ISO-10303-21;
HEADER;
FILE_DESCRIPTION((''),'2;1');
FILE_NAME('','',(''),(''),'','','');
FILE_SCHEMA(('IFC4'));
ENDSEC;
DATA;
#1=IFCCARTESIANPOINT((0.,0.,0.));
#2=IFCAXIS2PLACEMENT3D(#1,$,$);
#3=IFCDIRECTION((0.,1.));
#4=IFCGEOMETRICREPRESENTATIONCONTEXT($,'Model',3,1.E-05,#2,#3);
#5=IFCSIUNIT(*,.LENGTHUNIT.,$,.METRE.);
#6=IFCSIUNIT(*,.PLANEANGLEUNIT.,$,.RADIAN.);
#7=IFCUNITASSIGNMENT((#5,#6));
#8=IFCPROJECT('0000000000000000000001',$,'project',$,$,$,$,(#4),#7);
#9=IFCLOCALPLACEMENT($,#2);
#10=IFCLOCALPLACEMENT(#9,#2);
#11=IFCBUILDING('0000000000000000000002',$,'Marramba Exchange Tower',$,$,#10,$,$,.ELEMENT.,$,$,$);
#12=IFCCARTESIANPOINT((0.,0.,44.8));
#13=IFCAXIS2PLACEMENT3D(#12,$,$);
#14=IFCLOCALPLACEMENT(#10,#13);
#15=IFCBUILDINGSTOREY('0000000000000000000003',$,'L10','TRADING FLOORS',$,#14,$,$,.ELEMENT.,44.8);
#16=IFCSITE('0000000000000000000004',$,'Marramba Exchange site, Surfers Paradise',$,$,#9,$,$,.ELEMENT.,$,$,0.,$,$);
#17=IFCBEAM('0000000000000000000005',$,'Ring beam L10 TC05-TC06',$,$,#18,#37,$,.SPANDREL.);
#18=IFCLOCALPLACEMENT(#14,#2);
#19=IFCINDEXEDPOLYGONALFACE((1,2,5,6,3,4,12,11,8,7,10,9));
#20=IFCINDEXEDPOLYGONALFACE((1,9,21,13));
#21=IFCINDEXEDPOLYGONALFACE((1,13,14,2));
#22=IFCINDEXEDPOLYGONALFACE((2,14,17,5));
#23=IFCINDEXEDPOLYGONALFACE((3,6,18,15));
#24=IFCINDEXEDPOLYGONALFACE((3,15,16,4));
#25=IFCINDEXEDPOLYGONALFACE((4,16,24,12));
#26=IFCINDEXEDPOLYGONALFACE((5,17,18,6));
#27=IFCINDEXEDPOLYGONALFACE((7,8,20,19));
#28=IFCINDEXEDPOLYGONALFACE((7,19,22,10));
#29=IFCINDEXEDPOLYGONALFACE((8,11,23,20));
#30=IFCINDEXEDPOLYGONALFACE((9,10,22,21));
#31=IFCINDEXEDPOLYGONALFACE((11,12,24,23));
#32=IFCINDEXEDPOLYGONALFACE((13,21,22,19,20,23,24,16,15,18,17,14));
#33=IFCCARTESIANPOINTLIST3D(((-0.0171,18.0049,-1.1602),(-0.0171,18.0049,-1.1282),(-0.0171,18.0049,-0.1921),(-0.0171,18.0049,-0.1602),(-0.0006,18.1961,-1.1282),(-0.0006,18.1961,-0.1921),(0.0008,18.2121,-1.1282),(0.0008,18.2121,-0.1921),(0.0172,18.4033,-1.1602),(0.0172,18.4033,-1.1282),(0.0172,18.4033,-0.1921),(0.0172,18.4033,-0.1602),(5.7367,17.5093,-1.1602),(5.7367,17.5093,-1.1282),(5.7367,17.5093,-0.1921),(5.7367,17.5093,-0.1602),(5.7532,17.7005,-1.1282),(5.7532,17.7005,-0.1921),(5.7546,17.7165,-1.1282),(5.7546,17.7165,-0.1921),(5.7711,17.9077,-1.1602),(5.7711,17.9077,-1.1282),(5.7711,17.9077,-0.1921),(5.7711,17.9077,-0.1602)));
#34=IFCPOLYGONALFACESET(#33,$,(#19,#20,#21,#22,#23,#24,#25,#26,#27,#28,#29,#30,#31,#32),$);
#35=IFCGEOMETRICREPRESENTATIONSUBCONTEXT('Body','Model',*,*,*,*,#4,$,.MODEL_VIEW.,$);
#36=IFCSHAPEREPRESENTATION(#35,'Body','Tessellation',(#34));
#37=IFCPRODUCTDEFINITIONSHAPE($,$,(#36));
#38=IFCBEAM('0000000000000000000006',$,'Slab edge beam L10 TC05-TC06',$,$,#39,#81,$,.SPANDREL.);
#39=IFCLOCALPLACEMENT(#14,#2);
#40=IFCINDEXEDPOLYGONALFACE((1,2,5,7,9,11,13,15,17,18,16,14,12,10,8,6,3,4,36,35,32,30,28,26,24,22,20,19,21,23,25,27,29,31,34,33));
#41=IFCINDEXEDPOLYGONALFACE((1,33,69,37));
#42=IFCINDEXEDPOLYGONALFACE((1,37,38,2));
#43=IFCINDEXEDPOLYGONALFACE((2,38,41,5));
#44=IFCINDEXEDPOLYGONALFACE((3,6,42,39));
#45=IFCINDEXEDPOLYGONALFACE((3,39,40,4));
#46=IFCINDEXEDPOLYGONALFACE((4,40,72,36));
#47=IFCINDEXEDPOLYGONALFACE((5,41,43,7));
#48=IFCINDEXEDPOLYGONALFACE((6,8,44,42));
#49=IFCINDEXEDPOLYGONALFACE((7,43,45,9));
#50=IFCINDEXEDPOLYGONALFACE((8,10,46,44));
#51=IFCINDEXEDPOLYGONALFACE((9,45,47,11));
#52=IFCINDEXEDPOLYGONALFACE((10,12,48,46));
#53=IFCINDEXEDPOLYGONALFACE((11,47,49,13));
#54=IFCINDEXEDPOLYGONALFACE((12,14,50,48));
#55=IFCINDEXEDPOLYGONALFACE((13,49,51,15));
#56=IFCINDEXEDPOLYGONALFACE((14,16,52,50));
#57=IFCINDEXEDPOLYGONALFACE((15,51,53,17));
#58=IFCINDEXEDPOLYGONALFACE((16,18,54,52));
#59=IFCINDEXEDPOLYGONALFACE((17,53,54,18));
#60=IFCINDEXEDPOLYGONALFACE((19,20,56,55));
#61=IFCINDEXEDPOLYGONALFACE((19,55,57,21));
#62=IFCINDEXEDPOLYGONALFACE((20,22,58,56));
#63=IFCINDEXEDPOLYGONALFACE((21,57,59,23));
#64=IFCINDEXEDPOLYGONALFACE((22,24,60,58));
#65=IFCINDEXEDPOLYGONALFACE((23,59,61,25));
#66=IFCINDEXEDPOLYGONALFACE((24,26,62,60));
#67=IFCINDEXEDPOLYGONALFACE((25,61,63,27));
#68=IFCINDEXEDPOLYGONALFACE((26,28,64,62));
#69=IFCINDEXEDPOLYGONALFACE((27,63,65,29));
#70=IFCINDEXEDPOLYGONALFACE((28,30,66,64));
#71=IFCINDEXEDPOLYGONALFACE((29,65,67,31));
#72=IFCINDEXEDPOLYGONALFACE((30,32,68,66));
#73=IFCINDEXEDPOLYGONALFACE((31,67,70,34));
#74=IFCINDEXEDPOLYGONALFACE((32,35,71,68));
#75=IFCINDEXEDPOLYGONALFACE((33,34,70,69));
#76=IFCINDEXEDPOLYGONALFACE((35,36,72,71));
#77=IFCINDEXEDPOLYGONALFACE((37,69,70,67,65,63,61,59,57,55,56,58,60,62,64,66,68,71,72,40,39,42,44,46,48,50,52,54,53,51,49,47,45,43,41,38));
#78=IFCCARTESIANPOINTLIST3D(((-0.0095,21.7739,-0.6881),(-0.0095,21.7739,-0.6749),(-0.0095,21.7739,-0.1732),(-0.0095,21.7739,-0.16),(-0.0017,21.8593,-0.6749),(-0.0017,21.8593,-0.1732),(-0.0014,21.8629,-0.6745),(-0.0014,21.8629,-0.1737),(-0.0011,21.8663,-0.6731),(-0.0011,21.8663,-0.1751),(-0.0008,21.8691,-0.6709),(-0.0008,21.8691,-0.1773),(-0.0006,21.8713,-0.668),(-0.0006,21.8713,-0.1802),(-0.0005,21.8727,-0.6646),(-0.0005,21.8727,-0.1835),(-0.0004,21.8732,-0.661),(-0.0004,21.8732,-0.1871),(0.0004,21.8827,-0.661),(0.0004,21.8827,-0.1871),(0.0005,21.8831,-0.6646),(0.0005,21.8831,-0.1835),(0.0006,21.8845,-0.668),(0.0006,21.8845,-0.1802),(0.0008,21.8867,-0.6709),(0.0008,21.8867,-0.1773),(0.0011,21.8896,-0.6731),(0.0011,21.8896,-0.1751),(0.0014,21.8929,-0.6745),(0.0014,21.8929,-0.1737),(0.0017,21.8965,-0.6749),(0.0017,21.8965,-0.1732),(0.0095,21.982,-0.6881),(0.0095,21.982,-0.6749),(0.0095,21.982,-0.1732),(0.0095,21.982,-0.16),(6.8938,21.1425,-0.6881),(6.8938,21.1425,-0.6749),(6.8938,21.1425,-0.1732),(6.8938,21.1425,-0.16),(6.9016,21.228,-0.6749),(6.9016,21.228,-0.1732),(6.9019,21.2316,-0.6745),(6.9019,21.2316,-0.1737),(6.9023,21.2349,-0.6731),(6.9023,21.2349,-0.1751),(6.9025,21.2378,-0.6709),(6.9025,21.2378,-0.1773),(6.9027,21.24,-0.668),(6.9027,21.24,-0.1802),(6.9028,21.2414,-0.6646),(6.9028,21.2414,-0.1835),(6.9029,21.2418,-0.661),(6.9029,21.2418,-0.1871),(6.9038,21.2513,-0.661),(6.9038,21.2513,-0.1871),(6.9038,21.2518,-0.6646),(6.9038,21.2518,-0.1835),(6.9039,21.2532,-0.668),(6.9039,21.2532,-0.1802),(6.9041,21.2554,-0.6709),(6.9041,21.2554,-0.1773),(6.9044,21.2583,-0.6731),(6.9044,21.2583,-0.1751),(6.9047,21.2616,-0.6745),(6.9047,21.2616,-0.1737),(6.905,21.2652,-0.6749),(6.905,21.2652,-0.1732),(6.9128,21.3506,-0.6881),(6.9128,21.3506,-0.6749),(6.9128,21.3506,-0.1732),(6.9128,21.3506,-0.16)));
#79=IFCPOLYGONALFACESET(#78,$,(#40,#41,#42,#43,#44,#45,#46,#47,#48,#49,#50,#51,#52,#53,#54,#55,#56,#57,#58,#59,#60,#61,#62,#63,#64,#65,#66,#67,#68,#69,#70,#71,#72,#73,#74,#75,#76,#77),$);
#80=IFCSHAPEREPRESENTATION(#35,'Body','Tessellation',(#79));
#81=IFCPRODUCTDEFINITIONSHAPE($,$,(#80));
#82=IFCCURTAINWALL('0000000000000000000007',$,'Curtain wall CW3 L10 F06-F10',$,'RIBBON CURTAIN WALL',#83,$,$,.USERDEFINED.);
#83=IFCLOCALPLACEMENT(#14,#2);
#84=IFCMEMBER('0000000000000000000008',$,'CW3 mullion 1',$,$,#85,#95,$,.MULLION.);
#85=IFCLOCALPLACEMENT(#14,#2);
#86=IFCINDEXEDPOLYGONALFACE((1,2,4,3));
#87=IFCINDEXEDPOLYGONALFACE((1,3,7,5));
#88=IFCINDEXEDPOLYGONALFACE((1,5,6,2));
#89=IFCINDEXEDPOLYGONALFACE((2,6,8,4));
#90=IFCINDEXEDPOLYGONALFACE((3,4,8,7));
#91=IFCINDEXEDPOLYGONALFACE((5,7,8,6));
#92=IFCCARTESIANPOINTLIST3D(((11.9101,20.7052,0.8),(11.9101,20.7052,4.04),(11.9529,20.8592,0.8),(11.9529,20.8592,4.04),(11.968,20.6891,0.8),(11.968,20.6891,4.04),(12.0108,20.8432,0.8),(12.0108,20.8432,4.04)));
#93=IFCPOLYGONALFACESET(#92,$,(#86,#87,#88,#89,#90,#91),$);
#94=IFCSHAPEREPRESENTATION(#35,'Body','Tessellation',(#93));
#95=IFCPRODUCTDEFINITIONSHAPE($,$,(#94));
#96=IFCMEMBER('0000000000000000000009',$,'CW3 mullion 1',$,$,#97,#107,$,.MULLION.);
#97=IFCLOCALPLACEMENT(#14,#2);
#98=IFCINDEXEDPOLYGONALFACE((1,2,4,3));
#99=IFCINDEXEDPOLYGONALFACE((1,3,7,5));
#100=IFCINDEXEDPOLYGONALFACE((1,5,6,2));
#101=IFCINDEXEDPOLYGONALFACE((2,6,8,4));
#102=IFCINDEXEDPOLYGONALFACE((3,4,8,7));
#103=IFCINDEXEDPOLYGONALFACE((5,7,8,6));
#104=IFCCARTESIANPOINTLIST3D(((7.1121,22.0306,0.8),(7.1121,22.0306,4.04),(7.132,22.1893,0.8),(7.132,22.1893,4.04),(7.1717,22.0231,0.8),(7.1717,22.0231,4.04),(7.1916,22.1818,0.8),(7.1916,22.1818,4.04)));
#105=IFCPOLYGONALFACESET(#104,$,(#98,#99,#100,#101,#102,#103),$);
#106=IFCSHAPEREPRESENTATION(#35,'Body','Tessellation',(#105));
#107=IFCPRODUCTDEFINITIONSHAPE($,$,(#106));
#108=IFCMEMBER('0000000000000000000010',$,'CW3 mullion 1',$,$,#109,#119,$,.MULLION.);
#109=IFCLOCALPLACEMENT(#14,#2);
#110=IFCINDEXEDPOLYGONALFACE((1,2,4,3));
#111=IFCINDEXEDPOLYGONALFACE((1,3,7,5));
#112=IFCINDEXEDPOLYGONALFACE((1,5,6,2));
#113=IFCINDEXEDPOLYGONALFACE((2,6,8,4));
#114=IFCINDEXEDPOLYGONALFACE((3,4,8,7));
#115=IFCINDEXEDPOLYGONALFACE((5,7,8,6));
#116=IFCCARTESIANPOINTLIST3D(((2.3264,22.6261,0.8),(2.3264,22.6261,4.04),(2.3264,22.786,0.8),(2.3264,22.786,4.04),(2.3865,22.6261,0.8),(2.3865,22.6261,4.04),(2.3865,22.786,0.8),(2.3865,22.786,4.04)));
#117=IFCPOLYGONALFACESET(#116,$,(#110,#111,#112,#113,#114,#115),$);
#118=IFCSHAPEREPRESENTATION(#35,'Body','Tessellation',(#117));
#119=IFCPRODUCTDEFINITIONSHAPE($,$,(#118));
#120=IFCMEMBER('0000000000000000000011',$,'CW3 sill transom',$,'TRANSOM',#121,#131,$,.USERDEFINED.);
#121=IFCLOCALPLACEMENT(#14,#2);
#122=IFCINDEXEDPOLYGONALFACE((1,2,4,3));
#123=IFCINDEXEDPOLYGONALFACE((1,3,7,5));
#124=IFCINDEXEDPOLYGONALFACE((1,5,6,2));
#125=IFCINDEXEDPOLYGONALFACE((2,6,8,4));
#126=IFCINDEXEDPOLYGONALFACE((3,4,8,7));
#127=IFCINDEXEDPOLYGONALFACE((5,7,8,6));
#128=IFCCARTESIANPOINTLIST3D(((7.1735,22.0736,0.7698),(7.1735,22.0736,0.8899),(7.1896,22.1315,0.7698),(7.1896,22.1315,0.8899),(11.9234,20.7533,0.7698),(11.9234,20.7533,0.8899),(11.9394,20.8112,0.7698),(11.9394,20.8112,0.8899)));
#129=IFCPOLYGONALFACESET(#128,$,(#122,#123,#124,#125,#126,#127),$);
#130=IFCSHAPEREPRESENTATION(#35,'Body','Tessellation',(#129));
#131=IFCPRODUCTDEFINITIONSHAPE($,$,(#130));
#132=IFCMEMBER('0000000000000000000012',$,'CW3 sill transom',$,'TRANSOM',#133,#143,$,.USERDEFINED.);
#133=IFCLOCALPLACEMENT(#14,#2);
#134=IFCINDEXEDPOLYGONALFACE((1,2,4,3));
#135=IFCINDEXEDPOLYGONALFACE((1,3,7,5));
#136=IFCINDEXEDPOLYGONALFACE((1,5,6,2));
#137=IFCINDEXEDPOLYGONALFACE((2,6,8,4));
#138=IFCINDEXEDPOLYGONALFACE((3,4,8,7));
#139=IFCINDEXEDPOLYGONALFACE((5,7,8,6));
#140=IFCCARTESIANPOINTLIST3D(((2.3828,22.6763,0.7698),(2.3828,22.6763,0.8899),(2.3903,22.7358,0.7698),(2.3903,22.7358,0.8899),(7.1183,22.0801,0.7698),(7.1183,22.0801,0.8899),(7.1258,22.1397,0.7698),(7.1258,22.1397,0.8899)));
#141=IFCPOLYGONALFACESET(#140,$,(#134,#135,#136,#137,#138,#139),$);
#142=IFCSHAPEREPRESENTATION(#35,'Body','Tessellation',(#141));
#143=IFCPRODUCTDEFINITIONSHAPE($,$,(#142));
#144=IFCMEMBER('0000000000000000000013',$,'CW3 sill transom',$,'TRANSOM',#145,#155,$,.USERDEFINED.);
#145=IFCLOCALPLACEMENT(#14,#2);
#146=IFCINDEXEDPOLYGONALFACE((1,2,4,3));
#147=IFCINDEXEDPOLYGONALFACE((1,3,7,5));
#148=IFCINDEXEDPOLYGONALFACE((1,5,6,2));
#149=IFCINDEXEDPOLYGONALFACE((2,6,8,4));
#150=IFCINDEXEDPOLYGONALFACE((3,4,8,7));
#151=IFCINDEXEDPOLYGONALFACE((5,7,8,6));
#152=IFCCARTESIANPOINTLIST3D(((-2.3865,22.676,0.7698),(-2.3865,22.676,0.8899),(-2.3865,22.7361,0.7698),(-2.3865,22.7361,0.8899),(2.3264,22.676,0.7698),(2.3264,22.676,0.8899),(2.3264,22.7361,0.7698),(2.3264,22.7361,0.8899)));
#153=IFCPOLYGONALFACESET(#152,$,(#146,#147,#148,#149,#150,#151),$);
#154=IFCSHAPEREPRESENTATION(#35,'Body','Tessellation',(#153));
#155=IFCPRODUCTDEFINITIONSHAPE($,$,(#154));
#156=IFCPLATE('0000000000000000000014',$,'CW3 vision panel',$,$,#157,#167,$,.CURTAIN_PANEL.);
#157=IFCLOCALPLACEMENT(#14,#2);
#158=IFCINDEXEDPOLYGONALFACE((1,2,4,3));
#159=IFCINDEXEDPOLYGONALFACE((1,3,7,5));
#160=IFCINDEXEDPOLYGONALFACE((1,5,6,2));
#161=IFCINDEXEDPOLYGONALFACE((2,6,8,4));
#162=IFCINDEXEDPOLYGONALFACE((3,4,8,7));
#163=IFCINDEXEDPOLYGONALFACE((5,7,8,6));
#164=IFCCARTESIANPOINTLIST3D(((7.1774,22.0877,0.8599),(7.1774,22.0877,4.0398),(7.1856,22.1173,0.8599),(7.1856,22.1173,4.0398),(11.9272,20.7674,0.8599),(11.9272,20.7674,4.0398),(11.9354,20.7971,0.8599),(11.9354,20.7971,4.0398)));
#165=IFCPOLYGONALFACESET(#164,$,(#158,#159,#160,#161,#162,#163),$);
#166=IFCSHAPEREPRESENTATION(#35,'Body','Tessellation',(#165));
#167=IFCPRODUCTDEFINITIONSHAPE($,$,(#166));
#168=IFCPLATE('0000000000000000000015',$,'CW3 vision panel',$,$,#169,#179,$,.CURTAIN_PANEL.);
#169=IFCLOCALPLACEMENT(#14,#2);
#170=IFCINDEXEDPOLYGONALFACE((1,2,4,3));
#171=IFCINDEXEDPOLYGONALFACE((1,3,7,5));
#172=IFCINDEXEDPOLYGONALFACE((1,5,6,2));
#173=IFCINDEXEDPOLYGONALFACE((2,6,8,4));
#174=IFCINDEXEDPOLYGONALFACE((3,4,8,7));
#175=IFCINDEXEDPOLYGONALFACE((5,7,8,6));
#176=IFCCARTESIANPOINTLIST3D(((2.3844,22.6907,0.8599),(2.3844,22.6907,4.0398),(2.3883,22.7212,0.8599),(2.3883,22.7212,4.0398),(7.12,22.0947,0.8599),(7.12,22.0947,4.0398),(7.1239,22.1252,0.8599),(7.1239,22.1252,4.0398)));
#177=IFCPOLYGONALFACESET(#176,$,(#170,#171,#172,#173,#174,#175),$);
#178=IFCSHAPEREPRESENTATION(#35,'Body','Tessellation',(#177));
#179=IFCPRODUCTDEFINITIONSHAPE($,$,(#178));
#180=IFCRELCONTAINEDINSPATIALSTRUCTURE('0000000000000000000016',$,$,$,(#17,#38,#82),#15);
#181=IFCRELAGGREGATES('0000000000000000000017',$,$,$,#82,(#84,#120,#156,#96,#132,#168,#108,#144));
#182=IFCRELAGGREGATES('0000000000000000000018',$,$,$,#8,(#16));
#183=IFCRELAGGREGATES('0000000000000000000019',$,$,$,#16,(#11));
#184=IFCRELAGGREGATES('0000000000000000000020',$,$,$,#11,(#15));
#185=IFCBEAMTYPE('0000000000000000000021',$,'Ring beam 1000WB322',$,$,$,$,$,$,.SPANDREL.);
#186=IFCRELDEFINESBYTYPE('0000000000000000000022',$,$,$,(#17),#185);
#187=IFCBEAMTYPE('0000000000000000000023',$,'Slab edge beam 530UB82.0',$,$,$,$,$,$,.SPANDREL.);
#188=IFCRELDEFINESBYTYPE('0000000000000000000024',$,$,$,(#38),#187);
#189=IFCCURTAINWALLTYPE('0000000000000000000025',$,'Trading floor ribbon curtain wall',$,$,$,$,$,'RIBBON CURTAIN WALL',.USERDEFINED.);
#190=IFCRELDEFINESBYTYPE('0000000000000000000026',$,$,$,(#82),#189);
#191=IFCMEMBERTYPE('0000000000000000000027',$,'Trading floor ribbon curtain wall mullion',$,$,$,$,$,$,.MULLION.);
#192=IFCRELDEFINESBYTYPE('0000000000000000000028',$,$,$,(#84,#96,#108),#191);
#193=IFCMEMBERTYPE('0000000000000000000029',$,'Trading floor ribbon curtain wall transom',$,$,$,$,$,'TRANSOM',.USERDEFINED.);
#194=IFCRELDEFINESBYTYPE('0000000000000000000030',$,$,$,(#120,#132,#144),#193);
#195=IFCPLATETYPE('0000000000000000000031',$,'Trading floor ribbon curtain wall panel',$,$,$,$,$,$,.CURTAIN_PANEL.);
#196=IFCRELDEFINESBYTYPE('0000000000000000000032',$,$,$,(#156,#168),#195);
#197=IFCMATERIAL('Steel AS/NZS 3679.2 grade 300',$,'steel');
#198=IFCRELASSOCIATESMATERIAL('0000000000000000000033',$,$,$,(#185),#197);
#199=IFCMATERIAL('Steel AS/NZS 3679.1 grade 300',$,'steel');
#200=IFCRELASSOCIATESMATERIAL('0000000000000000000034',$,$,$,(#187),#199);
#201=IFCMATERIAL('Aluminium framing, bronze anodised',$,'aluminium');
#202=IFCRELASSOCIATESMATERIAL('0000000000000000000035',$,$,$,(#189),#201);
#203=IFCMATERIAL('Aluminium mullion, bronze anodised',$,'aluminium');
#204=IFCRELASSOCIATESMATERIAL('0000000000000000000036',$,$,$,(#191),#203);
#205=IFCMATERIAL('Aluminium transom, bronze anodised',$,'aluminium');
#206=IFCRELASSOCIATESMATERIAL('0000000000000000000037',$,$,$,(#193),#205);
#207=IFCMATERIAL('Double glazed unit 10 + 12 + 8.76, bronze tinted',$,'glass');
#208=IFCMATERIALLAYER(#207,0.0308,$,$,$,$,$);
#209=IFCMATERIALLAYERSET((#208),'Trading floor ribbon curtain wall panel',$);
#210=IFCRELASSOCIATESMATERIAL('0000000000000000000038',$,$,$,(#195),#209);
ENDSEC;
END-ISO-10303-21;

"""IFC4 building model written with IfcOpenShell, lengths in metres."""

from ifc_helpers import new_model, si_unit, direction, frame, origin, origin_2d, place, context, subcontext, project, spatial, rectangle, i_section, extrude, material, layer, layer_set, material_profile, profile_set, type_object, element, aggregate, save


model = new_model("IFC4")

# Units and contexts
model_context = context("Model", 3, precision=1e-05, world=origin(), true_north=direction((0.0, 1.0)))
body_context = subcontext(model_context, "Body", "Model", "MODEL_VIEW")
ifc_project = project(units=[si_unit("LENGTHUNIT", "METRE"), si_unit("PLANEANGLEUNIT", "RADIAN")], contexts=[model_context])

# Site, building, storey
site_placement = place(None, origin())
site = spatial("IfcSite", under=ifc_project, at=site_placement, Name="Marramba Exchange site, Surfers Paradise", CompositionType="ELEMENT", RefElevation=0.0)
building_placement = place(site_placement, origin())
building = spatial("IfcBuilding", under=site, at=building_placement, Name="Marramba Exchange Tower", CompositionType="ELEMENT")
storey_placement = place(building_placement, frame((0.0, 0.0, 44.8)))
storey = spatial("IfcBuildingStorey", under=building, at=storey_placement, Name="L10", Description="TRADING FLOORS", CompositionType="ELEMENT", Elevation=44.8)

# Beams
ifc_material_1 = material(Name="Steel AS/NZS 3679.2 grade 300", Category="steel")
ifc_material_2 = material(Name="Steel AS/NZS 3679.1 grade 300", Category="steel")
ifc_material_profile_1 = material_profile(ifc_material_1, i_section(OverallWidth=0.3999, OverallDepth=1.0, WebThickness=0.0161, FlangeThickness=0.032, at=origin_2d()), Name="1000WB322")
ifc_profile_set_1 = profile_set([ifc_material_profile_1], Name="Steel AS/NZS 3679.2 grade 300")
beam_type_1 = type_object("IfcBeamType", Name="Ring beam 1000WB322", PredefinedType="SPANDREL", material=ifc_profile_set_1)
beam_1_placement = place(storey_placement, frame((5.7539, 17.7085, -0.6602), z_axis=(-0.996311, 0.085816, 0.0), x_axis=(-0.085816, -0.996311, 0.0)))
element("IfcBeam", 1, at=beam_1_placement, inside=storey, type_object=beam_type_1, Name="Ring beam L10 TC05-TC06", PredefinedType="SPANDREL", context=body_context, shape_type="SweptSolid", body=[
    extrude(i_section(OverallWidth=0.3999, OverallDepth=1.0, WebThickness=0.0161, FlangeThickness=0.032, at=origin_2d()), origin(), (0.0, 0.0, 1.0), 5.7751),
])
ifc_material_profile_2 = material_profile(ifc_material_2, i_section(OverallWidth=0.209, OverallDepth=0.5281, WebThickness=0.0095, FlangeThickness=0.0132, FilletRadius=0.0139, at=origin_2d()), Name="530UB82.0")
ifc_profile_set_2 = profile_set([ifc_material_profile_2], Name="Steel AS/NZS 3679.1 grade 300")
beam_type_2 = type_object("IfcBeamType", Name="Slab edge beam 530UB82.0", PredefinedType="SPANDREL", material=ifc_profile_set_2)
beam_2_placement = place(storey_placement, frame((6.9033, 21.2466, -0.4241), z_axis=(-0.995844, 0.091076, 0.0), x_axis=(-0.091076, -0.995844, 0.0)))
element("IfcBeam", 2, at=beam_2_placement, inside=storey, type_object=beam_type_2, Name="Slab edge beam L10 TC05-TC06", PredefinedType="SPANDREL", context=body_context, shape_type="SweptSolid", body=[
    extrude(i_section(OverallWidth=0.209, OverallDepth=0.5281, WebThickness=0.0095, FlangeThickness=0.0132, FilletRadius=0.0139, at=origin_2d()), origin(), (0.0, 0.0, 1.0), 6.9321),
])

# Curtain wall, members, plates
ifc_material_3 = material(Name="Aluminium framing, bronze anodised", Category="aluminium")
curtain_wall_type = type_object("IfcCurtainWallType", Name="Trading floor ribbon curtain wall", ElementType="RIBBON CURTAIN WALL", PredefinedType="USERDEFINED", material=ifc_material_3)
curtain_wall_placement = place(storey_placement, origin())
curtain_wall = element("IfcCurtainWall", 3, at=curtain_wall_placement, inside=storey, type_object=curtain_wall_type, Name="Curtain wall CW3 L10 F06-F10", ObjectType="RIBBON CURTAIN WALL", PredefinedType="USERDEFINED")
ifc_material_4 = material(Name="Aluminium mullion, bronze anodised", Category="aluminium")
ifc_material_profile_3 = material_profile(ifc_material_4, rectangle(XDim=0.1599, YDim=0.0601, at=origin_2d()), Name="CW3 mullion 60x160")
ifc_profile_set_3 = profile_set([ifc_material_profile_3], Name="Aluminium mullion, bronze anodised")
member_type_1 = type_object("IfcMemberType", Name="Trading floor ribbon curtain wall mullion", PredefinedType="MULLION", material=ifc_profile_set_3)
member_1_placement = place(storey_placement, frame((11.9604, 20.7742, 0.8), z_axis=(0.0, 0.0, 1.0), x_axis=(-0.267809, -0.963472, 0.0)))
member_1 = element("IfcMember", 4, at=member_1_placement, type_object=member_type_1, Name="CW3 mullion 1", PredefinedType="MULLION", context=body_context, shape_type="SweptSolid", body=[
    extrude(rectangle(XDim=0.1599, YDim=0.0601, at=origin_2d()), origin(), (0.0, 0.0, 1.0), 3.24),
])
member_2_placement = place(storey_placement, frame((7.1519, 22.1062, 0.8), z_axis=(0.0, 0.0, 1.0), x_axis=(-0.124873, -0.992173, 0.0)))
member_2 = element("IfcMember", 5, at=member_2_placement, type_object=member_type_1, Name="CW3 mullion 1", PredefinedType="MULLION", context=body_context, shape_type="SweptSolid", body=[
    extrude(rectangle(XDim=0.1599, YDim=0.0601, at=origin_2d()), origin(), (0.0, 0.0, 1.0), 3.24),
])
member_3_placement = place(storey_placement, frame((2.3564, 22.7061, 0.8), z_axis=(0.0, 0.0, 1.0), x_axis=(0.0, -1.0, 0.0)))
member_3 = element("IfcMember", 6, at=member_3_placement, type_object=member_type_1, Name="CW3 mullion 1", PredefinedType="MULLION", context=body_context, shape_type="SweptSolid", body=[
    extrude(rectangle(XDim=0.1599, YDim=0.0601, at=origin_2d()), origin(), (0.0, 0.0, 1.0), 3.24),
])
ifc_material_5 = material(Name="Aluminium transom, bronze anodised", Category="aluminium")
ifc_material_profile_4 = material_profile(ifc_material_5, rectangle(XDim=0.0601, YDim=0.1201, at=origin_2d()), Name="CW3 transom 60x120")
ifc_profile_set_4 = profile_set([ifc_material_profile_4], Name="Aluminium transom, bronze anodised")
member_type_2 = type_object("IfcMemberType", Name="Trading floor ribbon curtain wall transom", ElementType="TRANSOM", PredefinedType="USERDEFINED", material=ifc_profile_set_4)
member_4_placement = place(storey_placement, frame((11.9314, 20.7822, 0.8298), z_axis=(-0.963469, 0.26782, 0.0), x_axis=(-0.26782, -0.963469, 0.0)))
member_4 = element("IfcMember", 7, at=member_4_placement, type_object=member_type_2, Name="CW3 sill transom", ObjectType="TRANSOM", PredefinedType="USERDEFINED", context=body_context, shape_type="SweptSolid", body=[
    extrude(rectangle(XDim=0.0601, YDim=0.1201, at=origin_2d()), origin(), (0.0, 0.0, 1.0), 4.9299),
])
member_5_placement = place(storey_placement, frame((7.1221, 22.1099, 0.8298), z_axis=(-0.992168, 0.12491, 0.0), x_axis=(-0.12491, -0.992168, 0.0)))
member_5 = element("IfcMember", 8, at=member_5_placement, type_object=member_type_2, Name="CW3 sill transom", ObjectType="TRANSOM", PredefinedType="USERDEFINED", context=body_context, shape_type="SweptSolid", body=[
    extrude(rectangle(XDim=0.0601, YDim=0.1201, at=origin_2d()), origin(), (0.0, 0.0, 1.0), 4.7729),
])
member_6_placement = place(storey_placement, frame((2.3264, 22.7061, 0.8298), z_axis=(-1.0, 0.0, 0.0), x_axis=(0.0, -1.0, 0.0)))
member_6 = element("IfcMember", 9, at=member_6_placement, type_object=member_type_2, Name="CW3 sill transom", ObjectType="TRANSOM", PredefinedType="USERDEFINED", context=body_context, shape_type="SweptSolid", body=[
    extrude(rectangle(XDim=0.0601, YDim=0.1201, at=origin_2d()), origin(), (0.0, 0.0, 1.0), 4.7129),
])
ifc_material_6 = material(Name="Double glazed unit 10 + 12 + 8.76, bronze tinted", Category="glass")
ifc_layer_1 = layer(ifc_material_6, 0.0308)
ifc_layer_set_1 = layer_set([ifc_layer_1], Name="Trading floor ribbon curtain wall panel")
plate_type = type_object("IfcPlateType", Name="Trading floor ribbon curtain wall panel", PredefinedType="CURTAIN_PANEL", material=ifc_layer_set_1)
plate_1_placement = place(storey_placement, frame((9.5564, 21.4424, 0.8599), z_axis=(0.0, 0.0, 1.0), x_axis=(-0.963472, 0.267809, 0.0)))
plate_1 = element("IfcPlate", 10, at=plate_1_placement, type_object=plate_type, Name="CW3 vision panel", PredefinedType="CURTAIN_PANEL", context=body_context, shape_type="SweptSolid", body=[
    extrude(rectangle(XDim=4.9299, YDim=0.0308, at=origin_2d()), origin(), (0.0, 0.0, 1.0), 3.1799),
])
plate_2_placement = place(storey_placement, frame((4.7542, 22.408, 0.8599), z_axis=(0.0, 0.0, 1.0), x_axis=(-0.992173, 0.124873, 0.0)))
plate_2 = element("IfcPlate", 11, at=plate_2_placement, type_object=plate_type, Name="CW3 vision panel", PredefinedType="CURTAIN_PANEL", context=body_context, shape_type="SweptSolid", body=[
    extrude(rectangle(XDim=4.7729, YDim=0.0308, at=origin_2d()), origin(), (0.0, 0.0, 1.0), 3.1799),
])
aggregate(curtain_wall, [member_1, member_4, plate_1, member_2, member_5, plate_2, member_3, member_6])

save(model, "model.ifc")
